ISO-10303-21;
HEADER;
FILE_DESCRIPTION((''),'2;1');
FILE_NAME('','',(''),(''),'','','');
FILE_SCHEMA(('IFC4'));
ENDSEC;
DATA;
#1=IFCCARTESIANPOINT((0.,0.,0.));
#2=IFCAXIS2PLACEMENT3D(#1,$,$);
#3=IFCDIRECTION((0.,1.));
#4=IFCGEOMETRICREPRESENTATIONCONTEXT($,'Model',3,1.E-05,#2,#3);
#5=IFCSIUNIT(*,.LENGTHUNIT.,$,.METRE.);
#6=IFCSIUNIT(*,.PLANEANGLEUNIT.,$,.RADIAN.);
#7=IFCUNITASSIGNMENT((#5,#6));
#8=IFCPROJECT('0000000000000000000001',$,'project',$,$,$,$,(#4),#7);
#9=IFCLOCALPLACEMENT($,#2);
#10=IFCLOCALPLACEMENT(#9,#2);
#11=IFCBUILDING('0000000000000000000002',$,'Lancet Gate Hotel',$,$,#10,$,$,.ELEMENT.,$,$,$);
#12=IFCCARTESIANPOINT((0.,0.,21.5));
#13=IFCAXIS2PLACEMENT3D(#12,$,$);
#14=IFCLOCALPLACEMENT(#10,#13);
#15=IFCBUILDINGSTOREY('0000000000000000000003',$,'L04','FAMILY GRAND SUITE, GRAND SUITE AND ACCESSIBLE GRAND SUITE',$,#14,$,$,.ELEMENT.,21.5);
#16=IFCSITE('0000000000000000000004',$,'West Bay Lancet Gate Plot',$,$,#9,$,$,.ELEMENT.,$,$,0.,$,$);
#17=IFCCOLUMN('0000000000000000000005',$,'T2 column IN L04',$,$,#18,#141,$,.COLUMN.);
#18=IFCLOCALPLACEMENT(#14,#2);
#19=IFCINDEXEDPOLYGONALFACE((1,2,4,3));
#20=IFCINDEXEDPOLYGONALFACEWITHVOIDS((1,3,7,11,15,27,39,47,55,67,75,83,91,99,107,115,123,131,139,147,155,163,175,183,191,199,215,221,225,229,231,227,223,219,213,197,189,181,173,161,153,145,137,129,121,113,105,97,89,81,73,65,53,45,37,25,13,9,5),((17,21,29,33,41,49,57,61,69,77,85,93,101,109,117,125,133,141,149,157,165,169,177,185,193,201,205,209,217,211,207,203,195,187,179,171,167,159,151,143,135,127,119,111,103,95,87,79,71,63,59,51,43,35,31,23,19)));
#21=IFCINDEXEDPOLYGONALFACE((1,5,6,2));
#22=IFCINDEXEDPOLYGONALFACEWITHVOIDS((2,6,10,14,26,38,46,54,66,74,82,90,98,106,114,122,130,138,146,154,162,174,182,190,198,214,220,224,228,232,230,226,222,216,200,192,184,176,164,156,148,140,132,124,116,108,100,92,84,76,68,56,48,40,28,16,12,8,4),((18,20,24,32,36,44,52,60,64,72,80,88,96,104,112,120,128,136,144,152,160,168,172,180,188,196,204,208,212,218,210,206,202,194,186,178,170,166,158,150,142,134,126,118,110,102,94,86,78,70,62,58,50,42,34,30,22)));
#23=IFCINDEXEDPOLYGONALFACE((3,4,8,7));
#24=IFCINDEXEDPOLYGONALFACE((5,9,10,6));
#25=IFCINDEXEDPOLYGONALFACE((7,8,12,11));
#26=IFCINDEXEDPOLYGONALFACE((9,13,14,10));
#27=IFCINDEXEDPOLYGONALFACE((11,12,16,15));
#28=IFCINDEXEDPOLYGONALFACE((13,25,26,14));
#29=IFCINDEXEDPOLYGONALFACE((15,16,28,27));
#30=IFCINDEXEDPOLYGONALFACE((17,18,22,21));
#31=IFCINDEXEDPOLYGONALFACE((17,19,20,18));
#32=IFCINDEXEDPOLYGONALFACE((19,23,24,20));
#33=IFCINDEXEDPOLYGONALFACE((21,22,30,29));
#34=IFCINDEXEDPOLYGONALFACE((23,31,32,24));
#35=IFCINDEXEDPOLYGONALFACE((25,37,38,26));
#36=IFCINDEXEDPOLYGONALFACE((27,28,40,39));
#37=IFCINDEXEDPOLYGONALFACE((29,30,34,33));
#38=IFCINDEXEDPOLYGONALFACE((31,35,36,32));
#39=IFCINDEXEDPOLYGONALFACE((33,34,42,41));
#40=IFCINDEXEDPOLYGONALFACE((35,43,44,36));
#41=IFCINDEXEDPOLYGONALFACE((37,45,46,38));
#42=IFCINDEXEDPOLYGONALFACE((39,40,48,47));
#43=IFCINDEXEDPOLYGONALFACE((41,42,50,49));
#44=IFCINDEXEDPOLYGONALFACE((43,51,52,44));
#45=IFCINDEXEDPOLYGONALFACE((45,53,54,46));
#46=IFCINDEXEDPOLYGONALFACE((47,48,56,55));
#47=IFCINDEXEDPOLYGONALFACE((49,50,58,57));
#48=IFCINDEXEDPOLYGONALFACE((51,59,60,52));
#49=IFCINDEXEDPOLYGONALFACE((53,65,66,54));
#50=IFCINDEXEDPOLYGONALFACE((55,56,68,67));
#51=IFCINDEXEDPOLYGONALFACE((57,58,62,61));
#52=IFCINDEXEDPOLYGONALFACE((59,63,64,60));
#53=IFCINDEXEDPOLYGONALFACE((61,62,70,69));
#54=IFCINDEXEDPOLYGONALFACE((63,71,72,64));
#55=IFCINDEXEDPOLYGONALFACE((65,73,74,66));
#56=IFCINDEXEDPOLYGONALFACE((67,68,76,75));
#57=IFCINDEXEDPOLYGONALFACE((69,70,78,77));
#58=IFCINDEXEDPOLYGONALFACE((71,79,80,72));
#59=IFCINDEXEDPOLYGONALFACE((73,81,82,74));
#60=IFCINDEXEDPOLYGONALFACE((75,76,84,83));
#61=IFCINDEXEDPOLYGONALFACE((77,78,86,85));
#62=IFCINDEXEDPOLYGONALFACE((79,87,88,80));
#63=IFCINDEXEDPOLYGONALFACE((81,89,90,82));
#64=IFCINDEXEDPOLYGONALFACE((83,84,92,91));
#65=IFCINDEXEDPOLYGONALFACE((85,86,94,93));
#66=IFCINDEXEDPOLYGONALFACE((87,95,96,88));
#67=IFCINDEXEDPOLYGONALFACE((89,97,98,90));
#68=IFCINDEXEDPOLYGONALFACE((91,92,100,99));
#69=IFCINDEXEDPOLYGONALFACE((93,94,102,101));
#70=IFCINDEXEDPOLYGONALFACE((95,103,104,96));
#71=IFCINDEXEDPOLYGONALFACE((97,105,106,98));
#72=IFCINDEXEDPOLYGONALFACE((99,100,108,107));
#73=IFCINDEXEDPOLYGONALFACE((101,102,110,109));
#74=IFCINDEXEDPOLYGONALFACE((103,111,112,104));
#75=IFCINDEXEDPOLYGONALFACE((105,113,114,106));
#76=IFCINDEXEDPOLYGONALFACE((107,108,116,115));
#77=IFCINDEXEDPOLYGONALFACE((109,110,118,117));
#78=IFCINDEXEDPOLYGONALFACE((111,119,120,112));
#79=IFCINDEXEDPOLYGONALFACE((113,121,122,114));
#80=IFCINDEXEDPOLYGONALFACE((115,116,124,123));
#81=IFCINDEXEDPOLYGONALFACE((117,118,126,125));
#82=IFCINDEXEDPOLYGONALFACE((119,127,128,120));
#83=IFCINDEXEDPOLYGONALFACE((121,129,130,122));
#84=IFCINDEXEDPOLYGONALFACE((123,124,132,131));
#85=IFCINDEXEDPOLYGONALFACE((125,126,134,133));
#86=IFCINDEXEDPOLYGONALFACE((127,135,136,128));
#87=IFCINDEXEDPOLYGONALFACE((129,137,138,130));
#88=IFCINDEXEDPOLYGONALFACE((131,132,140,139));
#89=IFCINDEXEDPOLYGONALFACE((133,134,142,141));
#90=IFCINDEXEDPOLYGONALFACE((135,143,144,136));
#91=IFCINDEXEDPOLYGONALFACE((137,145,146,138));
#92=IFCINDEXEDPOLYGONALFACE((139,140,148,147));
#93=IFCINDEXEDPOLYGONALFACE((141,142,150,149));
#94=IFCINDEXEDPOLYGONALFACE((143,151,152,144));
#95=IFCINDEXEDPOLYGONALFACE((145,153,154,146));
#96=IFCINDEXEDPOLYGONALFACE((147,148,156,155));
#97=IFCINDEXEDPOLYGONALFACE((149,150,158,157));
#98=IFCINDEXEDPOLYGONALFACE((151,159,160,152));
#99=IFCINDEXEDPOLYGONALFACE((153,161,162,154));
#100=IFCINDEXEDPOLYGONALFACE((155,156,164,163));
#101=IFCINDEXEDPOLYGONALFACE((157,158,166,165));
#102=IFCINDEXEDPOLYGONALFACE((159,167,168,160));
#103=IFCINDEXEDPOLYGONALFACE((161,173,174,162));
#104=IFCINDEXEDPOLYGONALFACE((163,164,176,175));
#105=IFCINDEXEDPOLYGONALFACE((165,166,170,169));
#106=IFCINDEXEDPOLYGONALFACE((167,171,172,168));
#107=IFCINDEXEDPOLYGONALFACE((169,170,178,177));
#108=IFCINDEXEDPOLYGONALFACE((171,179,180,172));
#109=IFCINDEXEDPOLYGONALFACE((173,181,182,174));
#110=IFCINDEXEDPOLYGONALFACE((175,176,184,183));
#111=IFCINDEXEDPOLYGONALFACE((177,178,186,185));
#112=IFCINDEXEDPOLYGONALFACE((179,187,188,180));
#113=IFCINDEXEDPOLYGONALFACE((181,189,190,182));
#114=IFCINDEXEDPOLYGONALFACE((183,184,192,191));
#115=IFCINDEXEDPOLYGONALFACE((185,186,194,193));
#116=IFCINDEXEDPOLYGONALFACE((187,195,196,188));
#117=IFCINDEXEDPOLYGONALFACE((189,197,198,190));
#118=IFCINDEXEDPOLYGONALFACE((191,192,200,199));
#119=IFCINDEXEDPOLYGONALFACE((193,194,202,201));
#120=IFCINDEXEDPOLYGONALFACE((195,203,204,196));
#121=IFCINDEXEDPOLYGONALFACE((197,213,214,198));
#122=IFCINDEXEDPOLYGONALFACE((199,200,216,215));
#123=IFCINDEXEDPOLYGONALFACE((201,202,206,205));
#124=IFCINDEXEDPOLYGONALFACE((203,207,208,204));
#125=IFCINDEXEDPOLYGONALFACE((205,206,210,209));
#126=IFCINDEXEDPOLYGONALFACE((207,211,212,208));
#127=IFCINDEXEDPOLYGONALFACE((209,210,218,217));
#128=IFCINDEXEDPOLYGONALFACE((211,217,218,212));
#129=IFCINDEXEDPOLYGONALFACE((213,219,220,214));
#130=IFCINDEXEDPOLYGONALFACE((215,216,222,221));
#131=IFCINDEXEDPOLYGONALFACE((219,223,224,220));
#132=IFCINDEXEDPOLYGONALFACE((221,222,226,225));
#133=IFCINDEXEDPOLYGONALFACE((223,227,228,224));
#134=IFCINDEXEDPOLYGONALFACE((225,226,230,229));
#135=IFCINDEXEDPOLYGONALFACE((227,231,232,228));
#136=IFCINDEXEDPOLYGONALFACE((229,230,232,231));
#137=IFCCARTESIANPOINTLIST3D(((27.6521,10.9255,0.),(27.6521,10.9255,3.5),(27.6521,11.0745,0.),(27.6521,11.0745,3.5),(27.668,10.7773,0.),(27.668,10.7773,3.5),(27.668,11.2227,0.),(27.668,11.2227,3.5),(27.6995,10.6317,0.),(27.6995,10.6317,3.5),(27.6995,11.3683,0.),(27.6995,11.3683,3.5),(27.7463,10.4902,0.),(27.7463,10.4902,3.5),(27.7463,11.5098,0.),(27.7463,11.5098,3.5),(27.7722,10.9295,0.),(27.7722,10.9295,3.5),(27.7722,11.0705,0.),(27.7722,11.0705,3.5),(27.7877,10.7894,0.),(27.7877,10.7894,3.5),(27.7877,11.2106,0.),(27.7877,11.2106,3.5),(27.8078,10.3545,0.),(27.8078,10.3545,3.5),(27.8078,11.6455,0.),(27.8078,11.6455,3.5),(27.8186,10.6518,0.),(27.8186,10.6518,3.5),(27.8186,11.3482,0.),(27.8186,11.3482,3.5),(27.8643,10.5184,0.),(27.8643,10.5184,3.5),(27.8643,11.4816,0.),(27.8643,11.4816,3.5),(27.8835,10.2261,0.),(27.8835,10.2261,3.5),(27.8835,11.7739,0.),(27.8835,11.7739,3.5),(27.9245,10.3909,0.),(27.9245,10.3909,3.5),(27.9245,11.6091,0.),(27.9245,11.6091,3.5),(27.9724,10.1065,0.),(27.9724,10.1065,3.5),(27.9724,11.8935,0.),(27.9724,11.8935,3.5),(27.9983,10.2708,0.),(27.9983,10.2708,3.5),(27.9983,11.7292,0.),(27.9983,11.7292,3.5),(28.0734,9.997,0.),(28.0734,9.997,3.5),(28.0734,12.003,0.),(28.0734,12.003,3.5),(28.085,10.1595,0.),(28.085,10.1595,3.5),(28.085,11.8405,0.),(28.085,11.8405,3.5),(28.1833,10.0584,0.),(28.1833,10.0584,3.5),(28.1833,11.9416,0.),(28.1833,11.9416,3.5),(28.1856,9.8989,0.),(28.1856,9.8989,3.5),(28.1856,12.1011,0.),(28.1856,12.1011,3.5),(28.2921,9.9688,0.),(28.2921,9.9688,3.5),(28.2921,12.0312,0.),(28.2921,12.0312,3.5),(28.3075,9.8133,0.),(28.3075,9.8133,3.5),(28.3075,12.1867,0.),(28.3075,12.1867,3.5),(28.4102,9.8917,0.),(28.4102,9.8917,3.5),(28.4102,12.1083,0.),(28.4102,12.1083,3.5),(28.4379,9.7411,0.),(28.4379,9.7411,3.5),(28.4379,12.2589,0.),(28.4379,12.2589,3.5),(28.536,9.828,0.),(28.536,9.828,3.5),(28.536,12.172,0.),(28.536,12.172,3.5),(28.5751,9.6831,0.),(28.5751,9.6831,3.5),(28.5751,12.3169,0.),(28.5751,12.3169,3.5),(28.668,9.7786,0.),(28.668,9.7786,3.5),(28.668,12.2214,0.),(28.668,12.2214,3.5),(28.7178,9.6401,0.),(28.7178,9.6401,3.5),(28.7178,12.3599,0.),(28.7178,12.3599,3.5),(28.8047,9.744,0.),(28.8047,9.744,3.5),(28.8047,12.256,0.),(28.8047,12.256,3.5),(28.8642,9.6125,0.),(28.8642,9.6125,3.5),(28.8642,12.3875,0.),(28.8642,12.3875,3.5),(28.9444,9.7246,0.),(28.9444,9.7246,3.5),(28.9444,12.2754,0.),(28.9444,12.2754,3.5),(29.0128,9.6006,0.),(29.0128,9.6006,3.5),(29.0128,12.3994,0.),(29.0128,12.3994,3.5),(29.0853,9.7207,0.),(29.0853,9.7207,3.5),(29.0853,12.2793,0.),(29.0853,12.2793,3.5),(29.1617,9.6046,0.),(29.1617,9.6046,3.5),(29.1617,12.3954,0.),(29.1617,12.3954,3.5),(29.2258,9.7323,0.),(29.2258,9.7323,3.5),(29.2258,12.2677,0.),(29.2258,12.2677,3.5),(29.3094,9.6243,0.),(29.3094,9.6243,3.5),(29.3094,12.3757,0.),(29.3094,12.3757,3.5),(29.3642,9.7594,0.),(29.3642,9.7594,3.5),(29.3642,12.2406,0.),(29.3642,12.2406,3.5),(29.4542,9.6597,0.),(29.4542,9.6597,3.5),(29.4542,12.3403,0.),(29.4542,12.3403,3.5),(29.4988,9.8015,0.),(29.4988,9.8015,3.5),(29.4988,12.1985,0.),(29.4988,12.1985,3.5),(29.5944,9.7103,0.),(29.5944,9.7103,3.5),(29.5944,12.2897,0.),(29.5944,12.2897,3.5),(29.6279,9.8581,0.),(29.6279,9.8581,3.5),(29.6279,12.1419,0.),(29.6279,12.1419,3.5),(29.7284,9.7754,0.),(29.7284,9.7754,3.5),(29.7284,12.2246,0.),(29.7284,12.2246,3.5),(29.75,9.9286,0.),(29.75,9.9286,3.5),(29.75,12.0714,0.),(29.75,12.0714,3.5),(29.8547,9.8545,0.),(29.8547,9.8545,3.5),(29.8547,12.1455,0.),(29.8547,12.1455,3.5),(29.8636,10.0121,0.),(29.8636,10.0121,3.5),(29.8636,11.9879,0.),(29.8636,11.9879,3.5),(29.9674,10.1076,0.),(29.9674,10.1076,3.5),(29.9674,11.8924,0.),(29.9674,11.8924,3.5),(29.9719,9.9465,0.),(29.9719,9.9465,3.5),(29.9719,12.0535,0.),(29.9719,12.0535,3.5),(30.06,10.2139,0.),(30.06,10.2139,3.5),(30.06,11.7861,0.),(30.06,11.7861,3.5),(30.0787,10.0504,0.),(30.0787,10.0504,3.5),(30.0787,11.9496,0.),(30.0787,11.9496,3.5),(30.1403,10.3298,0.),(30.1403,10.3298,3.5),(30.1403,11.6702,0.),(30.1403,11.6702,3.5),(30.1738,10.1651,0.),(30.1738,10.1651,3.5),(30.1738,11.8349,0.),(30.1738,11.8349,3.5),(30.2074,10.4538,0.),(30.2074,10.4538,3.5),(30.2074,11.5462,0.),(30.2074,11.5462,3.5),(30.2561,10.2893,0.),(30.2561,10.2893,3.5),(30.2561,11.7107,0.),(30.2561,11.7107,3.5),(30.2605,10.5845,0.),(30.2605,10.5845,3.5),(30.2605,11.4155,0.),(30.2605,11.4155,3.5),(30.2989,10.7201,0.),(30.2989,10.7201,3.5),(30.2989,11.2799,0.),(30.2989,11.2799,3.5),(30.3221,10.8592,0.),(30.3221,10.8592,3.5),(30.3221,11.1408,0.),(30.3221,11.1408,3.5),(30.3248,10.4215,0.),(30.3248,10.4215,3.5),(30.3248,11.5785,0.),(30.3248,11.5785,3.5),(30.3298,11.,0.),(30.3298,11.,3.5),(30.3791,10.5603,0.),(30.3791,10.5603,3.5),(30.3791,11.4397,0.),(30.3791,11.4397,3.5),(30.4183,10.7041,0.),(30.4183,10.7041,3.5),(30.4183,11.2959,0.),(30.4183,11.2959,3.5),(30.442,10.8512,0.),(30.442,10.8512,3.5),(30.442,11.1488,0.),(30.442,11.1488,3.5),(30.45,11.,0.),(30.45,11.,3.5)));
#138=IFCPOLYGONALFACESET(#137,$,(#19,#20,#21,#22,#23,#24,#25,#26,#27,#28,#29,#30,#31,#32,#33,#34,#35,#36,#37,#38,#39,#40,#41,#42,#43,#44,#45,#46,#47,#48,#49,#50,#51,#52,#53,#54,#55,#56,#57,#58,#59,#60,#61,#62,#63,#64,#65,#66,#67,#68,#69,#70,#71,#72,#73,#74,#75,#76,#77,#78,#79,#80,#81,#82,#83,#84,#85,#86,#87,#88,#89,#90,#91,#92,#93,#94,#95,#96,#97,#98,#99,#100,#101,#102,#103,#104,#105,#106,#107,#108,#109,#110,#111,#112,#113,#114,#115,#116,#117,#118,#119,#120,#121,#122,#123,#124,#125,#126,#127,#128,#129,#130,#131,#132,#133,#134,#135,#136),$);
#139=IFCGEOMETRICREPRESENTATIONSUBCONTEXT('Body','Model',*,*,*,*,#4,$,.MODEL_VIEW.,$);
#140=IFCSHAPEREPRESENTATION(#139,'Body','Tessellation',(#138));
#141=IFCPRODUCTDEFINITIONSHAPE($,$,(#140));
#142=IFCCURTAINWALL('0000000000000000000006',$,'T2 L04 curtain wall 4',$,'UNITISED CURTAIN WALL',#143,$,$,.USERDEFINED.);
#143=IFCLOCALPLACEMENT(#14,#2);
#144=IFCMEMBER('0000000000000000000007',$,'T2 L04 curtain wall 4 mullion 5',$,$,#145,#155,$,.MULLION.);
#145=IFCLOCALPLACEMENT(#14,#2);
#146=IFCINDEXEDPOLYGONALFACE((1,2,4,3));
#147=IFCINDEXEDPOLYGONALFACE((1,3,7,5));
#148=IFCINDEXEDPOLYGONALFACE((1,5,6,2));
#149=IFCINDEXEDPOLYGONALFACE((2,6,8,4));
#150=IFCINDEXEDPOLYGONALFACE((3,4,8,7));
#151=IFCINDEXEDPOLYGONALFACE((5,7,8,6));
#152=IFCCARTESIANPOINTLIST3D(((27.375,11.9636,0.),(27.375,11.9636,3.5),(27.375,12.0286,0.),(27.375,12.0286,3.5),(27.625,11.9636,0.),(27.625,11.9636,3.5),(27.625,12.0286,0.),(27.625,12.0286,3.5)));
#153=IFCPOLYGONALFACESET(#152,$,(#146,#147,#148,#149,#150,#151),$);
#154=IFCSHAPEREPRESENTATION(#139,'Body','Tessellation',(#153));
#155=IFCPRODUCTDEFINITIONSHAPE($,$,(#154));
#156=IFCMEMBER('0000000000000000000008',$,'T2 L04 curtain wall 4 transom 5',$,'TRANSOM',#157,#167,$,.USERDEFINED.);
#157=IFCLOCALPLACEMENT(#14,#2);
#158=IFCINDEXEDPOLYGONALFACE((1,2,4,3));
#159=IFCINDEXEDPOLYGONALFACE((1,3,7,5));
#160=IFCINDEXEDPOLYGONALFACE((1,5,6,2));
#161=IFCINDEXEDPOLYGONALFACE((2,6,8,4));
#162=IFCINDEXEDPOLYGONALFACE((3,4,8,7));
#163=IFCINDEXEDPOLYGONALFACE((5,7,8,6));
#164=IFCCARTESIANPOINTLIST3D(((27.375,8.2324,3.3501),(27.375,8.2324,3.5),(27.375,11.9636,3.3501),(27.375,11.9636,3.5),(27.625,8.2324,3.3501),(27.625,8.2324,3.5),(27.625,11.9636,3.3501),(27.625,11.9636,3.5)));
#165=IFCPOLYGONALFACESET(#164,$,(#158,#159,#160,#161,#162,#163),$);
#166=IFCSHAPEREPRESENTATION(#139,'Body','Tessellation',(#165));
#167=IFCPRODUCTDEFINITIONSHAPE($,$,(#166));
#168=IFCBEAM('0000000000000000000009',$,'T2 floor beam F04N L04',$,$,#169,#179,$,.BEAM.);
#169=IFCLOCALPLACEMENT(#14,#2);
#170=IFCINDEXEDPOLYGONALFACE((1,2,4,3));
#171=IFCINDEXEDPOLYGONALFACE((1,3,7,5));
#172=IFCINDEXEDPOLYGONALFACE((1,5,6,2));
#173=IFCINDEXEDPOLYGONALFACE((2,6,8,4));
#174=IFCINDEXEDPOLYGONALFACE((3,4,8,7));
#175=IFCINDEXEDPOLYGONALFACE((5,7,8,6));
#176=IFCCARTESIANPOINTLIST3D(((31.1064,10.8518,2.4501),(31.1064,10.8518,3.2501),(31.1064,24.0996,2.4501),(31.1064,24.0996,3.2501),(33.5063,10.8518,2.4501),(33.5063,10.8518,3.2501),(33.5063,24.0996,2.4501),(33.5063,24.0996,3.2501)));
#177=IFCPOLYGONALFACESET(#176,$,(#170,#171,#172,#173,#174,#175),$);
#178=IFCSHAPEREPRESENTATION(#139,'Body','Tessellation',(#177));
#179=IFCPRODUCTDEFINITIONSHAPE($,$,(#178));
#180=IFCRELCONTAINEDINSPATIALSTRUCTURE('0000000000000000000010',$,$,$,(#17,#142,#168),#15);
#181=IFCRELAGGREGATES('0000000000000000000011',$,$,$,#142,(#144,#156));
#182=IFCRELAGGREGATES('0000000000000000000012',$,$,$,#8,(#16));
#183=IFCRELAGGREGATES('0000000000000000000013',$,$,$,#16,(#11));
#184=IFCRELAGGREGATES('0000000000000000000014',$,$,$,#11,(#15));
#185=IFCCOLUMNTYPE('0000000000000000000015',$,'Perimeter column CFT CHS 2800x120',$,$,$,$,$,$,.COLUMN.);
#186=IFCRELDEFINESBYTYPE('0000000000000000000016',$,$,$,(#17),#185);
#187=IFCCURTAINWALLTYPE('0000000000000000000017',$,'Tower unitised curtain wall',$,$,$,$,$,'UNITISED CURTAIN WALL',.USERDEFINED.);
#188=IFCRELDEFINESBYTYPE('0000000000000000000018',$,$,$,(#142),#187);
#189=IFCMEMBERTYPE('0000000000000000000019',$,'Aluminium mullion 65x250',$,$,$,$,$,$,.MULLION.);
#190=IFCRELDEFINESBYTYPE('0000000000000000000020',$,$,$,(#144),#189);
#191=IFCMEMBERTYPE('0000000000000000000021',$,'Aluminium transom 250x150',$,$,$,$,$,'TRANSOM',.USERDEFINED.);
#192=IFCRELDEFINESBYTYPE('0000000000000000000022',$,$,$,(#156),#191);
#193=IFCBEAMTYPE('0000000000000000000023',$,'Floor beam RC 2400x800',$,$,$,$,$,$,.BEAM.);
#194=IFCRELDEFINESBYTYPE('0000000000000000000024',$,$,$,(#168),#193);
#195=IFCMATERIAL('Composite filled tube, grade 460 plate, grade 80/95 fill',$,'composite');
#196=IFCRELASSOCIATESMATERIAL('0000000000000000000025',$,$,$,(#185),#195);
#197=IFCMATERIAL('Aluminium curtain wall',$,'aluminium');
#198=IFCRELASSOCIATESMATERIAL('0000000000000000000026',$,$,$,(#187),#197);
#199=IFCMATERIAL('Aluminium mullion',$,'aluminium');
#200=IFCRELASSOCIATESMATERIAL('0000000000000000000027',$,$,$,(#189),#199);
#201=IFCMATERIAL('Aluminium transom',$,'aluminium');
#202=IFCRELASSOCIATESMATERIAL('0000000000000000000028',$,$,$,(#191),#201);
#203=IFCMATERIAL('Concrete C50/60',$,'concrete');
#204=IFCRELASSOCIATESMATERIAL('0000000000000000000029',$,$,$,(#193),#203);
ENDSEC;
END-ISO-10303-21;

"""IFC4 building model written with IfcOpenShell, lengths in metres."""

from ifc_helpers import new_model, si_unit, direction, frame, origin, origin_2d, place, context, subcontext, project, spatial, rectangle, hollow_circle, extrude, material, material_profile, profile_set, type_object, element, aggregate, save


model = new_model("IFC4")

# Units and contexts
model_context = context("Model", 3, precision=1e-05, world=origin(), true_north=direction((0.0, 1.0)))
body_context = subcontext(model_context, "Body", "Model", "MODEL_VIEW")
ifc_project = project(units=[si_unit("LENGTHUNIT", "METRE"), si_unit("PLANEANGLEUNIT", "RADIAN")], contexts=[model_context])

# Site, building, storey
site_placement = place(None, origin())
site = spatial("IfcSite", under=ifc_project, at=site_placement, Name="West Bay Lancet Gate Plot", CompositionType="ELEMENT", RefElevation=0.0)
building_placement = place(site_placement, origin())
building = spatial("IfcBuilding", under=site, at=building_placement, Name="Lancet Gate Hotel", CompositionType="ELEMENT")
storey_placement = place(building_placement, frame((0.0, 0.0, 21.5)))
storey = spatial("IfcBuildingStorey", under=building, at=storey_placement, Name="L04", Description="FAMILY GRAND SUITE, GRAND SUITE AND ACCESSIBLE GRAND SUITE", CompositionType="ELEMENT", Elevation=21.5)

# Column
ifc_material_1 = material(Name="Composite filled tube, grade 460 plate, grade 80/95 fill", Category="composite")
ifc_material_profile_1 = material_profile(ifc_material_1, hollow_circle(Radius=1.3999, WallThickness=0.1201, at=origin_2d()), Name="CHS 2800x120")
ifc_profile_set_1 = profile_set([ifc_material_profile_1], Name="Composite filled tube, grade 460 plate, grade 80/95 fill")
column_type = type_object("IfcColumnType", Name="Perimeter column CFT CHS 2800x120", PredefinedType="COLUMN", material=ifc_profile_set_1)
column_placement = place(storey_placement, frame((29.05, 11.0, 0.0), z_axis=(0.0, 0.0, 1.0), x_axis=(1.0, 0.0, 0.0)))
element("IfcColumn", 1, at=column_placement, inside=storey, type_object=column_type, Name="T2 column IN L04", PredefinedType="COLUMN", context=body_context, shape_type="SweptSolid", body=[
    extrude(hollow_circle(Radius=1.3999, WallThickness=0.1201, at=origin_2d()), origin(), (0.0, 0.0, 1.0), 3.5),
])

# Curtain wall, members
ifc_material_2 = material(Name="Aluminium curtain wall", Category="aluminium")
curtain_wall_type = type_object("IfcCurtainWallType", Name="Tower unitised curtain wall", ElementType="UNITISED CURTAIN WALL", PredefinedType="USERDEFINED", material=ifc_material_2)
curtain_wall_placement = place(storey_placement, origin())
curtain_wall = element("IfcCurtainWall", 2, at=curtain_wall_placement, inside=storey, type_object=curtain_wall_type, Name="T2 L04 curtain wall 4", ObjectType="UNITISED CURTAIN WALL", PredefinedType="USERDEFINED")
ifc_material_3 = material(Name="Aluminium mullion", Category="aluminium")
ifc_material_profile_2 = material_profile(ifc_material_3, rectangle(XDim=0.0649, YDim=0.25, at=origin_2d()), Name="MULLION 65x250")
ifc_profile_set_2 = profile_set([ifc_material_profile_2], Name="Aluminium mullion")
member_type_1 = type_object("IfcMemberType", Name="Aluminium mullion 65x250", PredefinedType="MULLION", material=ifc_profile_set_2)
member_1_placement = place(storey_placement, frame((27.5, 11.9961, 0.0), z_axis=(0.0, 0.0, 1.0), x_axis=(0.0, -1.0, 0.0)))
member_1 = element("IfcMember", 3, at=member_1_placement, type_object=member_type_1, Name="T2 L04 curtain wall 4 mullion 5", PredefinedType="MULLION", context=body_context, shape_type="SweptSolid", body=[
    extrude(rectangle(XDim=0.0649, YDim=0.25, at=origin_2d()), origin(), (0.0, 0.0, 1.0), 3.5),
])
ifc_material_4 = material(Name="Aluminium transom", Category="aluminium")
ifc_material_profile_3 = material_profile(ifc_material_4, rectangle(XDim=0.25, YDim=0.1499, at=origin_2d()), Name="TRANSOM 250x150")
ifc_profile_set_3 = profile_set([ifc_material_profile_3], Name="Aluminium transom")
member_type_2 = type_object("IfcMemberType", Name="Aluminium transom 250x150", ElementType="TRANSOM", PredefinedType="USERDEFINED", material=ifc_profile_set_3)
member_2_placement = place(storey_placement, frame((27.5, 11.9636, 3.425), z_axis=(0.0, -1.0, 0.0), x_axis=(1.0, 0.0, 0.0)))
member_2 = element("IfcMember", 4, at=member_2_placement, type_object=member_type_2, Name="T2 L04 curtain wall 4 transom 5", ObjectType="TRANSOM", PredefinedType="USERDEFINED", context=body_context, shape_type="SweptSolid", body=[
    extrude(rectangle(XDim=0.25, YDim=0.1499, at=origin_2d()), origin(), (0.0, 0.0, 1.0), 3.7312),
])

# Beam
ifc_material_5 = material(Name="Concrete C50/60", Category="concrete")
ifc_material_profile_4 = material_profile(ifc_material_5, rectangle(XDim=2.3999, YDim=0.8, at=origin_2d()), Name="RC 2400x800")
ifc_profile_set_4 = profile_set([ifc_material_profile_4], Name="Concrete C50/60")
beam_type_1 = type_object("IfcBeamType", Name="Floor beam RC 2400x800", PredefinedType="BEAM", material=ifc_profile_set_4)
beam_1_placement = place(storey_placement, frame((32.3064, 10.8518, 2.8501), z_axis=(0.0, 1.0, 0.0), x_axis=(-1.0, 0.0, 0.0)))
element("IfcBeam", 5, at=beam_1_placement, inside=storey, type_object=beam_type_1, Name="T2 floor beam F04N L04", PredefinedType="BEAM", context=body_context, shape_type="SweptSolid", body=[
    extrude(rectangle(XDim=2.3999, YDim=0.8, at=origin_2d()), origin(), (0.0, 0.0, 1.0), 13.2478),
])

aggregate(curtain_wall, [member_1, member_2])

save(model, "model.ifc")
